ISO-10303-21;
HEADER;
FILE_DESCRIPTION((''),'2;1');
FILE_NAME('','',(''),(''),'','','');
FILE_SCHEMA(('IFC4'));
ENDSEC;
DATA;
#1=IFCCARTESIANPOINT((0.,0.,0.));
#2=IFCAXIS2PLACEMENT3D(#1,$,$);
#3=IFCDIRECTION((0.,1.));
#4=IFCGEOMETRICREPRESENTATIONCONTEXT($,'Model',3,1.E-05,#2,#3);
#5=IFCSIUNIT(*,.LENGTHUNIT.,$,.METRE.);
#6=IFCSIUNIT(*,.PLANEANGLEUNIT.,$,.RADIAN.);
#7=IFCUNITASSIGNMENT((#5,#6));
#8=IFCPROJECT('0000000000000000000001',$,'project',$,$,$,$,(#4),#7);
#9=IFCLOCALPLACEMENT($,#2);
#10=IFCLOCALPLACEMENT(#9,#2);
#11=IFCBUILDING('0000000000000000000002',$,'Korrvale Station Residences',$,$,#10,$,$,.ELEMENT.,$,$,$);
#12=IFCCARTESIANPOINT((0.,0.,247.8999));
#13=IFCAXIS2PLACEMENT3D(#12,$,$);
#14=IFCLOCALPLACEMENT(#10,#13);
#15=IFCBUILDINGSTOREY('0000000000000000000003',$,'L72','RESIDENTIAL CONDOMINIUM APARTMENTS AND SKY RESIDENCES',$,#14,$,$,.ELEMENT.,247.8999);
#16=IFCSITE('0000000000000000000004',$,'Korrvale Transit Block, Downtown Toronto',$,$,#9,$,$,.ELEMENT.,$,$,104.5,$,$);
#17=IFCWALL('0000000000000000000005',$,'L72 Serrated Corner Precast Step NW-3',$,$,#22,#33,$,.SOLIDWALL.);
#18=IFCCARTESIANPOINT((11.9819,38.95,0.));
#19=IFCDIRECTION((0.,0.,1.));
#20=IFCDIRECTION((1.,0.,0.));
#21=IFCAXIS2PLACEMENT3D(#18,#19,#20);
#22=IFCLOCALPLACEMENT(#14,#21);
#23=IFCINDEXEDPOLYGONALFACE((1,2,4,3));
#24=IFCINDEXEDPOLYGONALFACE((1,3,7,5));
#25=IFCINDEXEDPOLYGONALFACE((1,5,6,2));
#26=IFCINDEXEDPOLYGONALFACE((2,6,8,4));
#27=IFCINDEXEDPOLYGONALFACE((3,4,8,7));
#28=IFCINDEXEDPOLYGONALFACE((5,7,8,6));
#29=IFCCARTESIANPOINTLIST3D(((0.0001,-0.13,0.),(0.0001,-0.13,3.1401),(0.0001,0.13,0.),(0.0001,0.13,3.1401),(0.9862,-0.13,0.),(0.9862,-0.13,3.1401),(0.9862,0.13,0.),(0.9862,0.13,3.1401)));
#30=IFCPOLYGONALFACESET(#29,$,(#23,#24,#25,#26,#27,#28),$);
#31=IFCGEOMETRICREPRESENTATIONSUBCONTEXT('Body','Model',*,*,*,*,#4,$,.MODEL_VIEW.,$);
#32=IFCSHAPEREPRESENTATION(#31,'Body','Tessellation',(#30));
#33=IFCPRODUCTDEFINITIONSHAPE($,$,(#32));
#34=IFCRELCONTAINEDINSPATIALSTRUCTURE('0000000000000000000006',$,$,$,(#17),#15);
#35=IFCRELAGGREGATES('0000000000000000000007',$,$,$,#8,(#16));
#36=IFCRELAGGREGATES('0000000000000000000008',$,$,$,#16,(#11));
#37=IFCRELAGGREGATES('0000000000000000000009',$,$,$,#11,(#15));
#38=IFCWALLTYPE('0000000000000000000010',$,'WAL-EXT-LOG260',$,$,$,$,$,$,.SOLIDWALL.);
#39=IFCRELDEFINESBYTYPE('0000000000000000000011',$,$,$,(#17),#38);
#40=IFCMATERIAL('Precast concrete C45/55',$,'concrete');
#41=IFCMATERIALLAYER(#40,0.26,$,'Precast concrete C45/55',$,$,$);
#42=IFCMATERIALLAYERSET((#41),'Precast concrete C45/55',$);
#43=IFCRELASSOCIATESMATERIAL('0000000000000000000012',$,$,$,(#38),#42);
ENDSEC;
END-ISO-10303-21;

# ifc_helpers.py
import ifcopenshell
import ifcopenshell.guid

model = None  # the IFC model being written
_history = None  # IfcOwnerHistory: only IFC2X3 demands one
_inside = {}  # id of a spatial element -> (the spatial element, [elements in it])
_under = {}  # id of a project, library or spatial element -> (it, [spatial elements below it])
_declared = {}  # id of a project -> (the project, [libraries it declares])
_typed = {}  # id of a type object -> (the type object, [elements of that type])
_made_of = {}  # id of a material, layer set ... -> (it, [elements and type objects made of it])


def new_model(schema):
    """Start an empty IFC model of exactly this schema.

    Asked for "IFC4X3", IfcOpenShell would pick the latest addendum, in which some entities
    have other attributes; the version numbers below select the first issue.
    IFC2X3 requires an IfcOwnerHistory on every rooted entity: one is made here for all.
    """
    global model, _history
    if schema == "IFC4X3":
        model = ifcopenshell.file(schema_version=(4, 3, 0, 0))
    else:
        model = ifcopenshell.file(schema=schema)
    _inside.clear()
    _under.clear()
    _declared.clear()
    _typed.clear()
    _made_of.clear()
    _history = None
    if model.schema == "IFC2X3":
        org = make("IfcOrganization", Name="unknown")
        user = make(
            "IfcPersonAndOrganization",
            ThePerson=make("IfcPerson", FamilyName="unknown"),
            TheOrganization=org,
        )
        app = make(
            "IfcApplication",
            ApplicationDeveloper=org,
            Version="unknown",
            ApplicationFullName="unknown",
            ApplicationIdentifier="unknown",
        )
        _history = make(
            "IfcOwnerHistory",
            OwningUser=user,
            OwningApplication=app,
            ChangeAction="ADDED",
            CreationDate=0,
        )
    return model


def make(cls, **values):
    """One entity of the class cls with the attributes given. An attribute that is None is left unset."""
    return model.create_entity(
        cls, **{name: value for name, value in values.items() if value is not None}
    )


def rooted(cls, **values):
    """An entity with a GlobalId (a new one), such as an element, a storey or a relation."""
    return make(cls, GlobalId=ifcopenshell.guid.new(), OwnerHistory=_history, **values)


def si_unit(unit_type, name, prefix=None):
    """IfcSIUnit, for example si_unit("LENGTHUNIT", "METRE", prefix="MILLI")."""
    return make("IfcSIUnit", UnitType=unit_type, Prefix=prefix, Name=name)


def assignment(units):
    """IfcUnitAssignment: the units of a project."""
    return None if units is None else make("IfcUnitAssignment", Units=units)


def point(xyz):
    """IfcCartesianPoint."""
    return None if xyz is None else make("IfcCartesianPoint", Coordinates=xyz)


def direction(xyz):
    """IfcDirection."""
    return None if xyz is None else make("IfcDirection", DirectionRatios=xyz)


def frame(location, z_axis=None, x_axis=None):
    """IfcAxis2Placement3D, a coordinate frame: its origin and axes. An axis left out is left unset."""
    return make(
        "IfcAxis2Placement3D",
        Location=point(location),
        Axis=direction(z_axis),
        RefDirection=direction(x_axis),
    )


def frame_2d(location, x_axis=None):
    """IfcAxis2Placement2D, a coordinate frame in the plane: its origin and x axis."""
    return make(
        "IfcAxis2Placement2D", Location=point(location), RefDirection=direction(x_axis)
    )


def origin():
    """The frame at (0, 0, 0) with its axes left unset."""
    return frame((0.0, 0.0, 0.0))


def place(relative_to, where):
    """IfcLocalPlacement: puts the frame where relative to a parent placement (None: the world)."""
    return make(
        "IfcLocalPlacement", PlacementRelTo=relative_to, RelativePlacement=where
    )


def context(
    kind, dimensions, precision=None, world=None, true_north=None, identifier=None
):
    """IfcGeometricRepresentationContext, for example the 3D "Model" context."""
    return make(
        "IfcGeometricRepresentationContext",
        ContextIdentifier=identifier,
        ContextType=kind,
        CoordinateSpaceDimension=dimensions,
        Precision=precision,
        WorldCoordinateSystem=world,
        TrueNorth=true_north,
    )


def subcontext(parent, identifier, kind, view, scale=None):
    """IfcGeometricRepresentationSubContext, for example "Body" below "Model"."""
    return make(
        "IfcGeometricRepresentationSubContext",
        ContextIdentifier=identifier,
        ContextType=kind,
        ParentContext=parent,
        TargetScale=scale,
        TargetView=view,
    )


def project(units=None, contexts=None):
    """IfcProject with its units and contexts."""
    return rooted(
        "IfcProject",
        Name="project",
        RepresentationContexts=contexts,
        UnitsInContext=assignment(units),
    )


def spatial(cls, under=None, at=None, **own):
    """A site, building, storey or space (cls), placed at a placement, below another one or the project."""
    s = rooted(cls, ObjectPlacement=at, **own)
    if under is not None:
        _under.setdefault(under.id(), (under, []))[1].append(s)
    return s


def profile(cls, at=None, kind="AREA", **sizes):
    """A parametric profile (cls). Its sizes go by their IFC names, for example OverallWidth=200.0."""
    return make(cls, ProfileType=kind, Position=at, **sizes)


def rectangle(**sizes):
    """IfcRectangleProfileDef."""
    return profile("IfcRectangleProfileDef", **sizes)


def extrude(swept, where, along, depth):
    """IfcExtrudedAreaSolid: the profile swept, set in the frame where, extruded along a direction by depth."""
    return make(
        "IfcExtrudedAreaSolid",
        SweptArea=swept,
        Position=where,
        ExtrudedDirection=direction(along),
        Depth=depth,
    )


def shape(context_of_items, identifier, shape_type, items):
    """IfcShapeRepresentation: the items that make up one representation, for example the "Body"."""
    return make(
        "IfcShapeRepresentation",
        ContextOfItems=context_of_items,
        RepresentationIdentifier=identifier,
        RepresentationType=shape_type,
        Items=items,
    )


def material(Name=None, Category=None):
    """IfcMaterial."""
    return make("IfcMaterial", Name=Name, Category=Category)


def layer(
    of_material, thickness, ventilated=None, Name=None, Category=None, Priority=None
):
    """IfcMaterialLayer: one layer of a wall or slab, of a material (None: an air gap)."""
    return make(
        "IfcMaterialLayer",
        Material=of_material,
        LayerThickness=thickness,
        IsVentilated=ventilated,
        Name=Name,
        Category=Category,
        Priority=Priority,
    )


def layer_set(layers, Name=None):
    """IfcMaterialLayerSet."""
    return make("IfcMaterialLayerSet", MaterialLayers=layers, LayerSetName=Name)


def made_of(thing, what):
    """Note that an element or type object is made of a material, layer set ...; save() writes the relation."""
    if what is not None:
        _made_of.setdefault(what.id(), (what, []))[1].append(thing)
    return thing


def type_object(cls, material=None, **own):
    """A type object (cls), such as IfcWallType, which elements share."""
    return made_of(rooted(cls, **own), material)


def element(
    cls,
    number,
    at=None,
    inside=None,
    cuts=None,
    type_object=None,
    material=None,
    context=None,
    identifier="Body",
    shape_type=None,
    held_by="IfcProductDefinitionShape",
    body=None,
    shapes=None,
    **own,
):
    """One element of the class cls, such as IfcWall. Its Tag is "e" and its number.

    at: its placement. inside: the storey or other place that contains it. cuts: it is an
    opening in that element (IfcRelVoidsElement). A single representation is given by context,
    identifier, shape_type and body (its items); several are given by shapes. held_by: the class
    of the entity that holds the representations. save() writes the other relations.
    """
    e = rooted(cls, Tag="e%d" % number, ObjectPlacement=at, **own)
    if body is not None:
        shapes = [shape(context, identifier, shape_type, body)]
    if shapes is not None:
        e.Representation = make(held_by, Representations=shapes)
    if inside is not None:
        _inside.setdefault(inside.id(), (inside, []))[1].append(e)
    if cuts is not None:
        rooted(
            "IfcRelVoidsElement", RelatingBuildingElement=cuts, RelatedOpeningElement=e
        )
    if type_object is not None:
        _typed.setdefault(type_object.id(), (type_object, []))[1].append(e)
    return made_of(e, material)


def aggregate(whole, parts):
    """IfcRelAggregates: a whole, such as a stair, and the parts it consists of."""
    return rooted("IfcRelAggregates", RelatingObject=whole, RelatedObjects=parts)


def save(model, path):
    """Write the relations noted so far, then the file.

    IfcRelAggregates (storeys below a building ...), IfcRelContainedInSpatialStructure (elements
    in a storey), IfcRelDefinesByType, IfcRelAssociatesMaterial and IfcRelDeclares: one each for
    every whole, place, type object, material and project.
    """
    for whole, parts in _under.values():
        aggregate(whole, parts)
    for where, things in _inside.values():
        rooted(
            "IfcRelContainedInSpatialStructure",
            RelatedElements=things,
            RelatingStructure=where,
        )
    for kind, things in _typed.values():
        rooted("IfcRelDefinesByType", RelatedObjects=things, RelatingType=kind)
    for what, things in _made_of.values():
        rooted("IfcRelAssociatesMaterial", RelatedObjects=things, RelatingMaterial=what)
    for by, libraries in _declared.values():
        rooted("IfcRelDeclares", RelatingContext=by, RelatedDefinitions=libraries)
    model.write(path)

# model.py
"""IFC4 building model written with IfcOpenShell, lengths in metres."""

from ifc_helpers import new_model, si_unit, direction, frame, frame_2d, origin, place, context, subcontext, project, spatial, rectangle, extrude, material, layer, layer_set, type_object, element, save


model = new_model("IFC4")

# Units and contexts
model_context = context("Model", 3, precision=1e-05, world=origin(), true_north=direction((0.0, 1.0)))
body_context = subcontext(model_context, "Body", "Model", "MODEL_VIEW")
ifc_project = project(units=[si_unit("LENGTHUNIT", "METRE"), si_unit("PLANEANGLEUNIT", "RADIAN")], contexts=[model_context])

# Site, building, storey
site_placement = place(None, origin())
site = spatial("IfcSite", under=ifc_project, at=site_placement, Name="Korrvale Transit Block, Downtown Toronto", CompositionType="ELEMENT", RefElevation=104.5)
building_placement = place(site_placement, origin())
building = spatial("IfcBuilding", under=site, at=building_placement, Name="Korrvale Station Residences", CompositionType="ELEMENT")
storey_placement = place(building_placement, frame((0.0, 0.0, 247.8999)))
storey = spatial("IfcBuildingStorey", under=building, at=storey_placement, Name="L72", Description="RESIDENTIAL CONDOMINIUM APARTMENTS AND SKY RESIDENCES", CompositionType="ELEMENT", Elevation=247.8999)

# Wall
ifc_material_1 = material(Name="Precast concrete C45/55", Category="concrete")
ifc_layer_1 = layer(ifc_material_1, 0.26, Name="Precast concrete C45/55")
ifc_layer_set_1 = layer_set([ifc_layer_1], Name="Precast concrete C45/55")
wall_type_1 = type_object("IfcWallType", Name="WAL-EXT-LOG260", PredefinedType="SOLIDWALL", material=ifc_layer_set_1)
wall_1_placement = place(storey_placement, frame((11.9819, 38.95, 0.0), z_axis=(0.0, 0.0, 1.0), x_axis=(1.0, 0.0, 0.0)))
element("IfcWall", 1, at=wall_1_placement, inside=storey, type_object=wall_type_1, Name="L72 Serrated Corner Precast Step NW-3", PredefinedType="SOLIDWALL", context=body_context, shape_type="SweptSolid", body=[
    extrude(rectangle(XDim=0.9861, YDim=0.26, at=frame_2d((0.4932, 0.0))), origin(), (0.0, 0.0, 1.0), 3.1401),
])

save(model, "model.ifc")
